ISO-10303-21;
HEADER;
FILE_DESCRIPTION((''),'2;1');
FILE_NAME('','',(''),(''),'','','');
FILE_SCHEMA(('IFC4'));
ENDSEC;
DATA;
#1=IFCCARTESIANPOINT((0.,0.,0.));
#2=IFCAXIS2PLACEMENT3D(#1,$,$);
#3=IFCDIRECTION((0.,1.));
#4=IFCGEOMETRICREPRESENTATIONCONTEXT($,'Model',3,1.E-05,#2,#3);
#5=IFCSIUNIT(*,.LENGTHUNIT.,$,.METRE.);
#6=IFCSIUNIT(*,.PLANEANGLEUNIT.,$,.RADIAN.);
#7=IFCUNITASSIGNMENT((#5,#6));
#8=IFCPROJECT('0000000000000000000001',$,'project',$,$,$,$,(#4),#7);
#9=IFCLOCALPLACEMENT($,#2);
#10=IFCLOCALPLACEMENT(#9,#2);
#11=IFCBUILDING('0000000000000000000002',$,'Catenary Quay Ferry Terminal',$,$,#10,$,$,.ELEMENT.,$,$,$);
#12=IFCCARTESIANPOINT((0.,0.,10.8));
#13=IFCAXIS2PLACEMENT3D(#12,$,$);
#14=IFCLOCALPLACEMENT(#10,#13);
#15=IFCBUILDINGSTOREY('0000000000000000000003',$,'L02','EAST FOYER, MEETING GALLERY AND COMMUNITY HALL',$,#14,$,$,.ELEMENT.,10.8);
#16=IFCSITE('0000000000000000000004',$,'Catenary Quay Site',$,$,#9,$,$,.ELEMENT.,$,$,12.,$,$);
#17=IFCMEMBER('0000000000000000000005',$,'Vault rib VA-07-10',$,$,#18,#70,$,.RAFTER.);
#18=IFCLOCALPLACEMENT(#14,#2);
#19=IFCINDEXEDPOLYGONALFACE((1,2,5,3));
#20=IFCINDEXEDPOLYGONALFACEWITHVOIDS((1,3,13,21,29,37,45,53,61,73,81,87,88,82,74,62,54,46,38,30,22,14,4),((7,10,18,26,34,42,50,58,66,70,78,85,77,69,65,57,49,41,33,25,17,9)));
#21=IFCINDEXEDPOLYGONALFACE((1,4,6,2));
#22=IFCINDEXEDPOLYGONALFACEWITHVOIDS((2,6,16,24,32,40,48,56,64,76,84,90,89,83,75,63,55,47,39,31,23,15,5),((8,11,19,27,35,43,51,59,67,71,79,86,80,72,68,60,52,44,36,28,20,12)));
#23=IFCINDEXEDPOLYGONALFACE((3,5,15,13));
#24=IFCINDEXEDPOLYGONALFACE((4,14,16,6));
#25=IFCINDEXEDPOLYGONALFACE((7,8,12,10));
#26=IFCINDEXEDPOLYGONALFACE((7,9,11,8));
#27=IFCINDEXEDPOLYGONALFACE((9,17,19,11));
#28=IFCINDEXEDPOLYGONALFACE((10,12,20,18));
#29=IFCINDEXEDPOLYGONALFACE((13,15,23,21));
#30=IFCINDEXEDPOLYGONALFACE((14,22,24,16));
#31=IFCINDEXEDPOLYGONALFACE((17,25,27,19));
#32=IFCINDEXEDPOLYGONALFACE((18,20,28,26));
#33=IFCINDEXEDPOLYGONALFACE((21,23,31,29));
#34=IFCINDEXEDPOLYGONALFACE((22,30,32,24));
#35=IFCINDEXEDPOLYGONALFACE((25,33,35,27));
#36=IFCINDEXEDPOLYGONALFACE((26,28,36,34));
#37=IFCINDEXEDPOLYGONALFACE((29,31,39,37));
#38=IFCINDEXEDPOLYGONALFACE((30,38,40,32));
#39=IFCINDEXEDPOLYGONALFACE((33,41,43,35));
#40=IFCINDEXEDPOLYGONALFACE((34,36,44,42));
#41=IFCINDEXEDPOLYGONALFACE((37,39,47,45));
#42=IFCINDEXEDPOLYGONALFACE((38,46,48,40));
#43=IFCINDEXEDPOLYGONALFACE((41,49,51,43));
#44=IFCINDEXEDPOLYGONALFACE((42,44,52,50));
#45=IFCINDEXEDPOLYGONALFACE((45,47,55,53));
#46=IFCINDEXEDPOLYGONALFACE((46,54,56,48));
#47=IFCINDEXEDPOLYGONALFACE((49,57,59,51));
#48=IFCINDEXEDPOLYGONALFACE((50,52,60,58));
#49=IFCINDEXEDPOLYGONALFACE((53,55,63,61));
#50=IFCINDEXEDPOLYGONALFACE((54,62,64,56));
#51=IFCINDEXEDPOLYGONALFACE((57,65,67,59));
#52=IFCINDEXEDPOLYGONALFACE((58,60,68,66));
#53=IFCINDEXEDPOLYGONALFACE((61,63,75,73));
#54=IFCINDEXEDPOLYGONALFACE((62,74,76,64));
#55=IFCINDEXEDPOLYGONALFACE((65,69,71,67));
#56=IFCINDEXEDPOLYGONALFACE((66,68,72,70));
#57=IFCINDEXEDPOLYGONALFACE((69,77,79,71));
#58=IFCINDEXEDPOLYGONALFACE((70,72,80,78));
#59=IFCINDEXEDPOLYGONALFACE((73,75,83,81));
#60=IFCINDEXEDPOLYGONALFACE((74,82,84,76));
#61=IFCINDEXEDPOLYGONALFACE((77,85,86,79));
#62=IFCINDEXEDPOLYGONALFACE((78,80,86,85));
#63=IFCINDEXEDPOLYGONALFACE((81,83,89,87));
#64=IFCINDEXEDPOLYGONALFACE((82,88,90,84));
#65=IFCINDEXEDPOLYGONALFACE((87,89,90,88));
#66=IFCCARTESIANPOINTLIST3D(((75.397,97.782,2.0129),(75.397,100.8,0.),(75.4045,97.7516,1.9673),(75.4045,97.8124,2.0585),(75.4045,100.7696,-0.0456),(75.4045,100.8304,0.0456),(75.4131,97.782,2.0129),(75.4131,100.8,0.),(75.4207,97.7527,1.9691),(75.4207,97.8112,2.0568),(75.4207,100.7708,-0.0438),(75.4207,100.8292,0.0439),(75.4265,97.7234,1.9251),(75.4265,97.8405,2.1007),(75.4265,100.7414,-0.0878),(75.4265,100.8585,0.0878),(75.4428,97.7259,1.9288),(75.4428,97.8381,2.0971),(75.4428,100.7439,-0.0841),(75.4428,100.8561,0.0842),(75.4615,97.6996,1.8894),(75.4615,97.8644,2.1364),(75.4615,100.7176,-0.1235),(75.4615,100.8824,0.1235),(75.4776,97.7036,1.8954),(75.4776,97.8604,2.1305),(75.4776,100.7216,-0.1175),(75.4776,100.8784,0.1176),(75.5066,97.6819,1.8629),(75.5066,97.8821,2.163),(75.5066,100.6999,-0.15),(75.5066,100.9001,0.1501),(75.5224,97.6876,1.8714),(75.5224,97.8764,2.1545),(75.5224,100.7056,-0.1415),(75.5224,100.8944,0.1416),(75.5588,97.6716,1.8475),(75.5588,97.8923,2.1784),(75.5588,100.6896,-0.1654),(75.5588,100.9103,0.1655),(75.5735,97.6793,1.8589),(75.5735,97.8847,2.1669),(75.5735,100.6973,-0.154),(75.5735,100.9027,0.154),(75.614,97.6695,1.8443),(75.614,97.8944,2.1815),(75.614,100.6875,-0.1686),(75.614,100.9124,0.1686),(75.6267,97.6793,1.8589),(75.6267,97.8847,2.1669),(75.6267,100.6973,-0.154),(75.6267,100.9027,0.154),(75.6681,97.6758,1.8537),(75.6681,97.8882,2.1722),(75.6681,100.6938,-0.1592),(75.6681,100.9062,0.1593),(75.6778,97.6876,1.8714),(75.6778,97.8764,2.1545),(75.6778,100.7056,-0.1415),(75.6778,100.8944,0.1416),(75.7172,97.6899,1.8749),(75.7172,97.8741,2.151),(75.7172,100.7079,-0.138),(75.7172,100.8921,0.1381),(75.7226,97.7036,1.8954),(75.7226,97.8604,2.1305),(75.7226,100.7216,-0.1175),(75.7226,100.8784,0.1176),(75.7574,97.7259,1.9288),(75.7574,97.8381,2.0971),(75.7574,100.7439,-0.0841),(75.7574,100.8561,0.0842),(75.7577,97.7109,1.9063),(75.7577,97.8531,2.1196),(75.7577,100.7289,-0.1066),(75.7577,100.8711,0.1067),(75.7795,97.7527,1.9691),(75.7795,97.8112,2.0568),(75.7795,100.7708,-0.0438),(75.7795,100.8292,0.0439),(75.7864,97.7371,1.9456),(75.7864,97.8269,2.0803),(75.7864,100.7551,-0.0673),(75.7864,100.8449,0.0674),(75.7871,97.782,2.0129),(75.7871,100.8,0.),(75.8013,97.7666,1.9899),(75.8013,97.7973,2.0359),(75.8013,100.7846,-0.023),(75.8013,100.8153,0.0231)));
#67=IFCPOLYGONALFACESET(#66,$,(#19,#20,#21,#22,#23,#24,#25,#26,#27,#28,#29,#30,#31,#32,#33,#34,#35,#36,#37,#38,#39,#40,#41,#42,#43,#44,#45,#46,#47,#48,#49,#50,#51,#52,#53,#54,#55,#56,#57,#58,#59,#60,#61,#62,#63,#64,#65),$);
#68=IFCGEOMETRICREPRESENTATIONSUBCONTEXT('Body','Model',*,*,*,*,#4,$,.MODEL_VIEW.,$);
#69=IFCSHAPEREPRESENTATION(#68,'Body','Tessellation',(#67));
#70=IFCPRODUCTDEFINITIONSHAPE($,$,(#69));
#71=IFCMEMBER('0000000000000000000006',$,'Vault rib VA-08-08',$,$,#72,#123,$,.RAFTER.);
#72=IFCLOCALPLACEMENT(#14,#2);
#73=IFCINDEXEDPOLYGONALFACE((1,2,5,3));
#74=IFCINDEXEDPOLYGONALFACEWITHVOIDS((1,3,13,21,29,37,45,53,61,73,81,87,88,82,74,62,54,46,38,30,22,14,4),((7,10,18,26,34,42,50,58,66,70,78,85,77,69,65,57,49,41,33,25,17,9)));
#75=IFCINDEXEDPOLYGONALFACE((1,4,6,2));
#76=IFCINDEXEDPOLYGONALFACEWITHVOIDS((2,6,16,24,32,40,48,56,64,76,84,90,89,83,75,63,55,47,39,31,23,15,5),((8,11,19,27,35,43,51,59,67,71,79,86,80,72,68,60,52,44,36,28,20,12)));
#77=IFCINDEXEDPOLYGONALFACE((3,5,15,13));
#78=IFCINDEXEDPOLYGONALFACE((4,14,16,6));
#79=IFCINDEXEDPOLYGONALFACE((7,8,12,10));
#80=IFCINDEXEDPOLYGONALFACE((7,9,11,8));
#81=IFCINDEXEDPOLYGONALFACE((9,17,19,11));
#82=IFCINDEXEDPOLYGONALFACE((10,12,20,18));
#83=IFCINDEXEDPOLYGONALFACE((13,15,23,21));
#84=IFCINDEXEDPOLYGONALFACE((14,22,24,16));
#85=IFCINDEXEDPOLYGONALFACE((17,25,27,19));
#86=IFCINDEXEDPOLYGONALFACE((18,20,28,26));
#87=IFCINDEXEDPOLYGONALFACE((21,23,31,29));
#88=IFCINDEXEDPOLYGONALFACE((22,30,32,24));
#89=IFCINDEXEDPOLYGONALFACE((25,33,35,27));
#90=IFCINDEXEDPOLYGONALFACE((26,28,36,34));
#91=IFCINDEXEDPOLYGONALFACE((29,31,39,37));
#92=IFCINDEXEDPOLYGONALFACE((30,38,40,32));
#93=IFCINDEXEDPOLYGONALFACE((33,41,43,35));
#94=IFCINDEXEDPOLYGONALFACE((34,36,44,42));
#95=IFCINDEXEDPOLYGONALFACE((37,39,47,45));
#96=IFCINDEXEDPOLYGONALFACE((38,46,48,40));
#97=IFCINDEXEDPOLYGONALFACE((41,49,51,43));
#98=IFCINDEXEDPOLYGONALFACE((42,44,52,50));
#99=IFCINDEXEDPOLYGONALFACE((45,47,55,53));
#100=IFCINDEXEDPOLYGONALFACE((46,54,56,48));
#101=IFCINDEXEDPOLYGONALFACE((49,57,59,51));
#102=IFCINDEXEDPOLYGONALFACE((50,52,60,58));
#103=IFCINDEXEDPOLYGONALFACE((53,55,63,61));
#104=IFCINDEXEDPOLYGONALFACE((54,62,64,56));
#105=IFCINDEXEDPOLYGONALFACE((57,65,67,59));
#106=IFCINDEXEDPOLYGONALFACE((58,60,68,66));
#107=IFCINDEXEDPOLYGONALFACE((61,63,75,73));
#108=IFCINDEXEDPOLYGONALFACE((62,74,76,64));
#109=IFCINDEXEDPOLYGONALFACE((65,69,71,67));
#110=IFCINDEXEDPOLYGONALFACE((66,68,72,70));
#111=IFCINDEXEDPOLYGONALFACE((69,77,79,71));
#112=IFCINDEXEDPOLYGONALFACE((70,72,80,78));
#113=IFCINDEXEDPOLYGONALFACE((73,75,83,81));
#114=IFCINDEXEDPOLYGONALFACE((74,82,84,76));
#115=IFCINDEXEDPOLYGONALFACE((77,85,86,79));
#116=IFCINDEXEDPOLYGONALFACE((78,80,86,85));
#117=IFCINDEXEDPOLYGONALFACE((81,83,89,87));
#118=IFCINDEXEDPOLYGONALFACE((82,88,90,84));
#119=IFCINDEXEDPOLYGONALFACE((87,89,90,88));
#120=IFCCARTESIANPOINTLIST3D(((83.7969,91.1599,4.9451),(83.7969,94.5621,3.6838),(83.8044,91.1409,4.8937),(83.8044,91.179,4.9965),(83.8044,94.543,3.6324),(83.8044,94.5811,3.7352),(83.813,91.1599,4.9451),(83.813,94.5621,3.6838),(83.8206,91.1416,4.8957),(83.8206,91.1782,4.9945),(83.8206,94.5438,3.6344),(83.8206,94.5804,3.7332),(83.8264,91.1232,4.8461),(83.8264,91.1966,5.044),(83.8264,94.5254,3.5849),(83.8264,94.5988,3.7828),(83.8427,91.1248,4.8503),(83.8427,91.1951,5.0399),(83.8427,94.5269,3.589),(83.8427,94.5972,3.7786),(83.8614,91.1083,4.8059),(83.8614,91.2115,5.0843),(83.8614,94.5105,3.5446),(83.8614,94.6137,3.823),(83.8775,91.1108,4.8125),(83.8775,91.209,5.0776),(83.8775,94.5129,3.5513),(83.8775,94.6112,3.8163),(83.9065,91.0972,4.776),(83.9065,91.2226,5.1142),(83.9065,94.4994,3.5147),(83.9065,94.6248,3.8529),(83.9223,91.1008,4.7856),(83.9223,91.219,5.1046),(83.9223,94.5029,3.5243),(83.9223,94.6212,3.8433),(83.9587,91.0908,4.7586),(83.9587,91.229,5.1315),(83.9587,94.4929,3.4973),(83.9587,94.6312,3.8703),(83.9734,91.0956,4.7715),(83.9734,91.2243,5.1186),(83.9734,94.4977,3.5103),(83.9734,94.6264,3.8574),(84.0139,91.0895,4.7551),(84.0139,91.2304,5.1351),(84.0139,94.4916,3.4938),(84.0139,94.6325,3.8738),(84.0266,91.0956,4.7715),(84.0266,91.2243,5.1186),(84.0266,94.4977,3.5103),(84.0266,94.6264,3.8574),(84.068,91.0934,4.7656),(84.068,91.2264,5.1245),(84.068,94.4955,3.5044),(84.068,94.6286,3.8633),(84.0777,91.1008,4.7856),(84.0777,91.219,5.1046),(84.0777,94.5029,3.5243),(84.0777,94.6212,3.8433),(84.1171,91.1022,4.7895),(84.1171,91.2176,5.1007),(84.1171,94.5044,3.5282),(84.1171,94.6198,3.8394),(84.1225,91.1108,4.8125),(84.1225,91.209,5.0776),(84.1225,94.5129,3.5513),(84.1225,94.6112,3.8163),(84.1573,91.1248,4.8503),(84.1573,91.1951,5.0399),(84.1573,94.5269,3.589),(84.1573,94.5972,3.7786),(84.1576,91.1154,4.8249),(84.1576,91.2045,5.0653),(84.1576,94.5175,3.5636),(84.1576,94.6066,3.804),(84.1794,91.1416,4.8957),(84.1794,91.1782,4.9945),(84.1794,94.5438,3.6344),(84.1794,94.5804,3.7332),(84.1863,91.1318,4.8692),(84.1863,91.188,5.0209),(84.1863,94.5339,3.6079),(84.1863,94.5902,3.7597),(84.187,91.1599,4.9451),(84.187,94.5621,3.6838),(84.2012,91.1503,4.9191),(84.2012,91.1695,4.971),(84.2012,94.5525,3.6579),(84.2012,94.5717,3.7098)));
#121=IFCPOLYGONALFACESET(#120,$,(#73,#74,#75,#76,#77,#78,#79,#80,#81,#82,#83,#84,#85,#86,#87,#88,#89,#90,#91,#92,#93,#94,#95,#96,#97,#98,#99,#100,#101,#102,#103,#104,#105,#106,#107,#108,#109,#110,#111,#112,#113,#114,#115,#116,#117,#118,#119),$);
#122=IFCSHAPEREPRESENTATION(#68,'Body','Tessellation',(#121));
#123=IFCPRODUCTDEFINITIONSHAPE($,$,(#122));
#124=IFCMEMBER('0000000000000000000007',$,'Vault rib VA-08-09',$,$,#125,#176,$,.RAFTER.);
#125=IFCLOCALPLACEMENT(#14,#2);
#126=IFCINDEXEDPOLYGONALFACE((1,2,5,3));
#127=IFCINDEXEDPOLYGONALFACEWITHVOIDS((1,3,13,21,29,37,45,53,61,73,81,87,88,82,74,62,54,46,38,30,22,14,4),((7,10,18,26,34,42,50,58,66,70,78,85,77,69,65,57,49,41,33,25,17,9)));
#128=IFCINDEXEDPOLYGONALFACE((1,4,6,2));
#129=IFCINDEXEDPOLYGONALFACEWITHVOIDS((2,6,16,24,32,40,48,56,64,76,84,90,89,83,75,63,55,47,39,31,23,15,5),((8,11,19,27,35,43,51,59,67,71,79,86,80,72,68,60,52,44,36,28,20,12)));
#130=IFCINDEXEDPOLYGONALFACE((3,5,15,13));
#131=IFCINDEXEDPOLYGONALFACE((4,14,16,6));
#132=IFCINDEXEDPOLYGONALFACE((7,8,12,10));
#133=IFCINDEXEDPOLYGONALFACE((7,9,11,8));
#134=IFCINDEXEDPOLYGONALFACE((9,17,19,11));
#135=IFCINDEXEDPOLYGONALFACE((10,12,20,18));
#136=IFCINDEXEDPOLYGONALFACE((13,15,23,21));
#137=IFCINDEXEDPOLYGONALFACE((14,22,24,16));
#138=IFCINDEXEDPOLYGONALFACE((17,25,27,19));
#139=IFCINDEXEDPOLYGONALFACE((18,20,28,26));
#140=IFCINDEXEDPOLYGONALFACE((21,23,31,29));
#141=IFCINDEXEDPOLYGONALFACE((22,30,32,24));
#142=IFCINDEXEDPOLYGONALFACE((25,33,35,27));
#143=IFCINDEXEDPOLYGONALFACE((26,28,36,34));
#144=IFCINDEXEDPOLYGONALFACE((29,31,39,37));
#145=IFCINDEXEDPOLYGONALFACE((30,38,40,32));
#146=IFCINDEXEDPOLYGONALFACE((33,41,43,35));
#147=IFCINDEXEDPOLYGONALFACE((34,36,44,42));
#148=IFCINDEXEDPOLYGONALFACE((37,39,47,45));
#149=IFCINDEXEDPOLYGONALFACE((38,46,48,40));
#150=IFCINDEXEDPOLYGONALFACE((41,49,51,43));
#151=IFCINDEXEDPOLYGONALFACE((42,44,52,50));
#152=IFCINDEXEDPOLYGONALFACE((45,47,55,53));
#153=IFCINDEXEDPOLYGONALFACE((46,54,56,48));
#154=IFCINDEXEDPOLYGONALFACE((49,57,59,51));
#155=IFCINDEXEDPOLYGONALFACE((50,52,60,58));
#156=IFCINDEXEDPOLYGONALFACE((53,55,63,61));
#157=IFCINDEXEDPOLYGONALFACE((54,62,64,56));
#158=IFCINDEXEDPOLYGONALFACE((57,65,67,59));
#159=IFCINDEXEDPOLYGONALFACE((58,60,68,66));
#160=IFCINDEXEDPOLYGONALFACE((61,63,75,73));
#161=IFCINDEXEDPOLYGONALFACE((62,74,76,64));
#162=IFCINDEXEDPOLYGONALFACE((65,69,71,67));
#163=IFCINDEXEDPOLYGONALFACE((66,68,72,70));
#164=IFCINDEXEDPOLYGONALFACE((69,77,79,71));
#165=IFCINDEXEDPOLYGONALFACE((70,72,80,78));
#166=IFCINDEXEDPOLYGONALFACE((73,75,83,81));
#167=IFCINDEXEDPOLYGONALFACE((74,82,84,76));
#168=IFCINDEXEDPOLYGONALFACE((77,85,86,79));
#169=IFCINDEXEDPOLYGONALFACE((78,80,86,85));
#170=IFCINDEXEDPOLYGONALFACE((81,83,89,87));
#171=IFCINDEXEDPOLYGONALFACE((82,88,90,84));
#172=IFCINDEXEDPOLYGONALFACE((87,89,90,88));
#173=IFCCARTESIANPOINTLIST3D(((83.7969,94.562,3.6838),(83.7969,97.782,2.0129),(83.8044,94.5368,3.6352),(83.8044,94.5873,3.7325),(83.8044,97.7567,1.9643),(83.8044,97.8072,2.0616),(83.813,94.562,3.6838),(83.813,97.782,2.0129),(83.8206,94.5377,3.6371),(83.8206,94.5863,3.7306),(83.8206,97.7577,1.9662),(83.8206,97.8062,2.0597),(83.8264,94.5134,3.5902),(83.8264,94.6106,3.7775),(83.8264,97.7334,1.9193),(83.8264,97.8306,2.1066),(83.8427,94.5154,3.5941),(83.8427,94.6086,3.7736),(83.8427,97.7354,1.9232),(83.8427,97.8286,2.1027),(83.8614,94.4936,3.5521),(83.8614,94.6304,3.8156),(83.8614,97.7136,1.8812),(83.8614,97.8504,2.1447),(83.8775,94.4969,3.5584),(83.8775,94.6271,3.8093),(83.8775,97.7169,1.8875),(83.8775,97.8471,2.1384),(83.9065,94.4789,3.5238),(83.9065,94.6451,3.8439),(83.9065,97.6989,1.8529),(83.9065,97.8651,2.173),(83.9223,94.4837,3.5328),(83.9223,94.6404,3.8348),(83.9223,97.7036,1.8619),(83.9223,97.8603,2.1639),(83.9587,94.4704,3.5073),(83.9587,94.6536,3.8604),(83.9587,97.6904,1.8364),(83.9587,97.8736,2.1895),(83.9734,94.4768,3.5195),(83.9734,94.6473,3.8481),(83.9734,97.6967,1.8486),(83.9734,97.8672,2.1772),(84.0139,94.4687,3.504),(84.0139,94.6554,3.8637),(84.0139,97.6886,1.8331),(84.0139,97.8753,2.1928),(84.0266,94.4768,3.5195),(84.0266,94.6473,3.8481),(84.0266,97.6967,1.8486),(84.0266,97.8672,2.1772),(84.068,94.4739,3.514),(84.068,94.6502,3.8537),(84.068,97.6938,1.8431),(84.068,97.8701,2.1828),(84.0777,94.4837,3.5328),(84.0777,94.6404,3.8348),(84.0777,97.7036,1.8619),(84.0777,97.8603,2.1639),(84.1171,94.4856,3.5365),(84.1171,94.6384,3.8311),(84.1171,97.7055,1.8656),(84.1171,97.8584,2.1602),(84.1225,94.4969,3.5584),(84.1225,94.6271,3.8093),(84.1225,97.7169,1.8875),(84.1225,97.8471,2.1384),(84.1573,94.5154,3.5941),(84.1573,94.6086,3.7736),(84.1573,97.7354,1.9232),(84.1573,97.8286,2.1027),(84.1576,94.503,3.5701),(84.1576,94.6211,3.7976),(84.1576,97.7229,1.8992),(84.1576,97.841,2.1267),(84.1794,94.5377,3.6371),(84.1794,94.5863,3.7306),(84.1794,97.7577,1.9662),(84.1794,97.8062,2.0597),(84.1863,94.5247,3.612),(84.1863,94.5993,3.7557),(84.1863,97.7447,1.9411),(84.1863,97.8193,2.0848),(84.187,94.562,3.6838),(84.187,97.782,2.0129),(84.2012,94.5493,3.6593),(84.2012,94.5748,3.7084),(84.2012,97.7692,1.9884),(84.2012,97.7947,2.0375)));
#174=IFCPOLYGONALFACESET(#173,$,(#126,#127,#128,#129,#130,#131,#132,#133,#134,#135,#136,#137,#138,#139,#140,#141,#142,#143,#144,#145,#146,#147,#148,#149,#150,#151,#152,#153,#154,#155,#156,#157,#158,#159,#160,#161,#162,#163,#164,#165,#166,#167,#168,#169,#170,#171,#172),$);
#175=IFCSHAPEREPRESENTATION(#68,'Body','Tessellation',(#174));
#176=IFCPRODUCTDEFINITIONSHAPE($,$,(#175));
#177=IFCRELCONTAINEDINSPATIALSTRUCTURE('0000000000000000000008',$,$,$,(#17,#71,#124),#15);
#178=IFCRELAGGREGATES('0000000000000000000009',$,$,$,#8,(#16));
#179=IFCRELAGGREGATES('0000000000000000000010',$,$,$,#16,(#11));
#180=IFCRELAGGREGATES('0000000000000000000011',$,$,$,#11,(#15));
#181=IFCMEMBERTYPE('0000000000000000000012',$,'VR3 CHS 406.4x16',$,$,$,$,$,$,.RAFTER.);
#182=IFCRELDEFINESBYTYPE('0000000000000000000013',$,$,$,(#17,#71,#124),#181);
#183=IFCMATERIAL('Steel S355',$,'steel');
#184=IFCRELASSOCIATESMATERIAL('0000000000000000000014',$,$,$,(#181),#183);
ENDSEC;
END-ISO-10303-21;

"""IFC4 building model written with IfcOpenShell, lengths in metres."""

from ifc_helpers import new_model, si_unit, direction, frame, origin, origin_2d, place, context, subcontext, project, spatial, hollow_circle, extrude, material, material_profile, profile_set, type_object, element, save


model = new_model("IFC4")

# Units and contexts
model_context = context("Model", 3, precision=1e-05, world=origin(), true_north=direction((0.0, 1.0)))
body_context = subcontext(model_context, "Body", "Model", "MODEL_VIEW")
ifc_project = project(units=[si_unit("LENGTHUNIT", "METRE"), si_unit("PLANEANGLEUNIT", "RADIAN")], contexts=[model_context])

# Site, building, storey
site_placement = place(None, origin())
site = spatial("IfcSite", under=ifc_project, at=site_placement, Name="Catenary Quay Site", CompositionType="ELEMENT", RefElevation=12.0)
building_placement = place(site_placement, origin())
building = spatial("IfcBuilding", under=site, at=building_placement, Name="Catenary Quay Ferry Terminal", CompositionType="ELEMENT")
storey_placement = place(building_placement, frame((0.0, 0.0, 10.8)))
storey = spatial("IfcBuildingStorey", under=building, at=storey_placement, Name="L02", Description="EAST FOYER, MEETING GALLERY AND COMMUNITY HALL", CompositionType="ELEMENT", Elevation=10.8)

# Members
ifc_material_1 = material(Name="Steel S355", Category="steel")
ifc_material_profile_1 = material_profile(ifc_material_1, hollow_circle(Radius=0.2031, WallThickness=0.0161, at=origin_2d()), Name="CHS 406.4x16")
ifc_profile_set_1 = profile_set([ifc_material_profile_1], Name="Steel S355")
member_type_1 = type_object("IfcMemberType", Name="VR3 CHS 406.4x16", PredefinedType="RAFTER", material=ifc_profile_set_1)
member_1_placement = place(storey_placement, frame((75.6001, 97.782, 2.0129), z_axis=(0.0, 0.831936, -0.554871), x_axis=(-1.0, 0.0, 0.0)))
element("IfcMember", 1, at=member_1_placement, inside=storey, type_object=member_type_1, Name="Vault rib VA-07-10", PredefinedType="RAFTER", context=body_context, shape_type="SweptSolid", body=[
    extrude(hollow_circle(Radius=0.2031, WallThickness=0.0161, at=origin_2d()), origin(), (0.0, 0.0, 1.0), 3.6277),
])
member_2_placement = place(storey_placement, frame((84.0, 91.1599, 4.9451), z_axis=(0.0, 0.937642, -0.347604), x_axis=(-1.0, 0.0, 0.0)))
element("IfcMember", 2, at=member_2_placement, inside=storey, type_object=member_type_1, Name="Vault rib VA-08-08", PredefinedType="RAFTER", context=body_context, shape_type="SweptSolid", body=[
    extrude(hollow_circle(Radius=0.2031, WallThickness=0.0161, at=origin_2d()), origin(), (0.0, 0.0, 1.0), 3.6284),
])
for number, where, z_axis, x_axis, name in (
    (3, (84.0, 94.562, 3.6838), (0.0, 0.88761, -0.460596), (-1.0, 0.0, 0.0), "Vault rib VA-08-09"),
):
    element("IfcMember", number, at=place(storey_placement, frame(where, z_axis=z_axis, x_axis=x_axis)), inside=storey, type_object=member_type_1, Name=name, PredefinedType="RAFTER", context=body_context, shape_type="SweptSolid", body=[
        extrude(hollow_circle(Radius=0.2031, WallThickness=0.0161, at=origin_2d()), origin(), (0.0, 0.0, 1.0), 3.6277),
    ])

save(model, "model.ifc")
